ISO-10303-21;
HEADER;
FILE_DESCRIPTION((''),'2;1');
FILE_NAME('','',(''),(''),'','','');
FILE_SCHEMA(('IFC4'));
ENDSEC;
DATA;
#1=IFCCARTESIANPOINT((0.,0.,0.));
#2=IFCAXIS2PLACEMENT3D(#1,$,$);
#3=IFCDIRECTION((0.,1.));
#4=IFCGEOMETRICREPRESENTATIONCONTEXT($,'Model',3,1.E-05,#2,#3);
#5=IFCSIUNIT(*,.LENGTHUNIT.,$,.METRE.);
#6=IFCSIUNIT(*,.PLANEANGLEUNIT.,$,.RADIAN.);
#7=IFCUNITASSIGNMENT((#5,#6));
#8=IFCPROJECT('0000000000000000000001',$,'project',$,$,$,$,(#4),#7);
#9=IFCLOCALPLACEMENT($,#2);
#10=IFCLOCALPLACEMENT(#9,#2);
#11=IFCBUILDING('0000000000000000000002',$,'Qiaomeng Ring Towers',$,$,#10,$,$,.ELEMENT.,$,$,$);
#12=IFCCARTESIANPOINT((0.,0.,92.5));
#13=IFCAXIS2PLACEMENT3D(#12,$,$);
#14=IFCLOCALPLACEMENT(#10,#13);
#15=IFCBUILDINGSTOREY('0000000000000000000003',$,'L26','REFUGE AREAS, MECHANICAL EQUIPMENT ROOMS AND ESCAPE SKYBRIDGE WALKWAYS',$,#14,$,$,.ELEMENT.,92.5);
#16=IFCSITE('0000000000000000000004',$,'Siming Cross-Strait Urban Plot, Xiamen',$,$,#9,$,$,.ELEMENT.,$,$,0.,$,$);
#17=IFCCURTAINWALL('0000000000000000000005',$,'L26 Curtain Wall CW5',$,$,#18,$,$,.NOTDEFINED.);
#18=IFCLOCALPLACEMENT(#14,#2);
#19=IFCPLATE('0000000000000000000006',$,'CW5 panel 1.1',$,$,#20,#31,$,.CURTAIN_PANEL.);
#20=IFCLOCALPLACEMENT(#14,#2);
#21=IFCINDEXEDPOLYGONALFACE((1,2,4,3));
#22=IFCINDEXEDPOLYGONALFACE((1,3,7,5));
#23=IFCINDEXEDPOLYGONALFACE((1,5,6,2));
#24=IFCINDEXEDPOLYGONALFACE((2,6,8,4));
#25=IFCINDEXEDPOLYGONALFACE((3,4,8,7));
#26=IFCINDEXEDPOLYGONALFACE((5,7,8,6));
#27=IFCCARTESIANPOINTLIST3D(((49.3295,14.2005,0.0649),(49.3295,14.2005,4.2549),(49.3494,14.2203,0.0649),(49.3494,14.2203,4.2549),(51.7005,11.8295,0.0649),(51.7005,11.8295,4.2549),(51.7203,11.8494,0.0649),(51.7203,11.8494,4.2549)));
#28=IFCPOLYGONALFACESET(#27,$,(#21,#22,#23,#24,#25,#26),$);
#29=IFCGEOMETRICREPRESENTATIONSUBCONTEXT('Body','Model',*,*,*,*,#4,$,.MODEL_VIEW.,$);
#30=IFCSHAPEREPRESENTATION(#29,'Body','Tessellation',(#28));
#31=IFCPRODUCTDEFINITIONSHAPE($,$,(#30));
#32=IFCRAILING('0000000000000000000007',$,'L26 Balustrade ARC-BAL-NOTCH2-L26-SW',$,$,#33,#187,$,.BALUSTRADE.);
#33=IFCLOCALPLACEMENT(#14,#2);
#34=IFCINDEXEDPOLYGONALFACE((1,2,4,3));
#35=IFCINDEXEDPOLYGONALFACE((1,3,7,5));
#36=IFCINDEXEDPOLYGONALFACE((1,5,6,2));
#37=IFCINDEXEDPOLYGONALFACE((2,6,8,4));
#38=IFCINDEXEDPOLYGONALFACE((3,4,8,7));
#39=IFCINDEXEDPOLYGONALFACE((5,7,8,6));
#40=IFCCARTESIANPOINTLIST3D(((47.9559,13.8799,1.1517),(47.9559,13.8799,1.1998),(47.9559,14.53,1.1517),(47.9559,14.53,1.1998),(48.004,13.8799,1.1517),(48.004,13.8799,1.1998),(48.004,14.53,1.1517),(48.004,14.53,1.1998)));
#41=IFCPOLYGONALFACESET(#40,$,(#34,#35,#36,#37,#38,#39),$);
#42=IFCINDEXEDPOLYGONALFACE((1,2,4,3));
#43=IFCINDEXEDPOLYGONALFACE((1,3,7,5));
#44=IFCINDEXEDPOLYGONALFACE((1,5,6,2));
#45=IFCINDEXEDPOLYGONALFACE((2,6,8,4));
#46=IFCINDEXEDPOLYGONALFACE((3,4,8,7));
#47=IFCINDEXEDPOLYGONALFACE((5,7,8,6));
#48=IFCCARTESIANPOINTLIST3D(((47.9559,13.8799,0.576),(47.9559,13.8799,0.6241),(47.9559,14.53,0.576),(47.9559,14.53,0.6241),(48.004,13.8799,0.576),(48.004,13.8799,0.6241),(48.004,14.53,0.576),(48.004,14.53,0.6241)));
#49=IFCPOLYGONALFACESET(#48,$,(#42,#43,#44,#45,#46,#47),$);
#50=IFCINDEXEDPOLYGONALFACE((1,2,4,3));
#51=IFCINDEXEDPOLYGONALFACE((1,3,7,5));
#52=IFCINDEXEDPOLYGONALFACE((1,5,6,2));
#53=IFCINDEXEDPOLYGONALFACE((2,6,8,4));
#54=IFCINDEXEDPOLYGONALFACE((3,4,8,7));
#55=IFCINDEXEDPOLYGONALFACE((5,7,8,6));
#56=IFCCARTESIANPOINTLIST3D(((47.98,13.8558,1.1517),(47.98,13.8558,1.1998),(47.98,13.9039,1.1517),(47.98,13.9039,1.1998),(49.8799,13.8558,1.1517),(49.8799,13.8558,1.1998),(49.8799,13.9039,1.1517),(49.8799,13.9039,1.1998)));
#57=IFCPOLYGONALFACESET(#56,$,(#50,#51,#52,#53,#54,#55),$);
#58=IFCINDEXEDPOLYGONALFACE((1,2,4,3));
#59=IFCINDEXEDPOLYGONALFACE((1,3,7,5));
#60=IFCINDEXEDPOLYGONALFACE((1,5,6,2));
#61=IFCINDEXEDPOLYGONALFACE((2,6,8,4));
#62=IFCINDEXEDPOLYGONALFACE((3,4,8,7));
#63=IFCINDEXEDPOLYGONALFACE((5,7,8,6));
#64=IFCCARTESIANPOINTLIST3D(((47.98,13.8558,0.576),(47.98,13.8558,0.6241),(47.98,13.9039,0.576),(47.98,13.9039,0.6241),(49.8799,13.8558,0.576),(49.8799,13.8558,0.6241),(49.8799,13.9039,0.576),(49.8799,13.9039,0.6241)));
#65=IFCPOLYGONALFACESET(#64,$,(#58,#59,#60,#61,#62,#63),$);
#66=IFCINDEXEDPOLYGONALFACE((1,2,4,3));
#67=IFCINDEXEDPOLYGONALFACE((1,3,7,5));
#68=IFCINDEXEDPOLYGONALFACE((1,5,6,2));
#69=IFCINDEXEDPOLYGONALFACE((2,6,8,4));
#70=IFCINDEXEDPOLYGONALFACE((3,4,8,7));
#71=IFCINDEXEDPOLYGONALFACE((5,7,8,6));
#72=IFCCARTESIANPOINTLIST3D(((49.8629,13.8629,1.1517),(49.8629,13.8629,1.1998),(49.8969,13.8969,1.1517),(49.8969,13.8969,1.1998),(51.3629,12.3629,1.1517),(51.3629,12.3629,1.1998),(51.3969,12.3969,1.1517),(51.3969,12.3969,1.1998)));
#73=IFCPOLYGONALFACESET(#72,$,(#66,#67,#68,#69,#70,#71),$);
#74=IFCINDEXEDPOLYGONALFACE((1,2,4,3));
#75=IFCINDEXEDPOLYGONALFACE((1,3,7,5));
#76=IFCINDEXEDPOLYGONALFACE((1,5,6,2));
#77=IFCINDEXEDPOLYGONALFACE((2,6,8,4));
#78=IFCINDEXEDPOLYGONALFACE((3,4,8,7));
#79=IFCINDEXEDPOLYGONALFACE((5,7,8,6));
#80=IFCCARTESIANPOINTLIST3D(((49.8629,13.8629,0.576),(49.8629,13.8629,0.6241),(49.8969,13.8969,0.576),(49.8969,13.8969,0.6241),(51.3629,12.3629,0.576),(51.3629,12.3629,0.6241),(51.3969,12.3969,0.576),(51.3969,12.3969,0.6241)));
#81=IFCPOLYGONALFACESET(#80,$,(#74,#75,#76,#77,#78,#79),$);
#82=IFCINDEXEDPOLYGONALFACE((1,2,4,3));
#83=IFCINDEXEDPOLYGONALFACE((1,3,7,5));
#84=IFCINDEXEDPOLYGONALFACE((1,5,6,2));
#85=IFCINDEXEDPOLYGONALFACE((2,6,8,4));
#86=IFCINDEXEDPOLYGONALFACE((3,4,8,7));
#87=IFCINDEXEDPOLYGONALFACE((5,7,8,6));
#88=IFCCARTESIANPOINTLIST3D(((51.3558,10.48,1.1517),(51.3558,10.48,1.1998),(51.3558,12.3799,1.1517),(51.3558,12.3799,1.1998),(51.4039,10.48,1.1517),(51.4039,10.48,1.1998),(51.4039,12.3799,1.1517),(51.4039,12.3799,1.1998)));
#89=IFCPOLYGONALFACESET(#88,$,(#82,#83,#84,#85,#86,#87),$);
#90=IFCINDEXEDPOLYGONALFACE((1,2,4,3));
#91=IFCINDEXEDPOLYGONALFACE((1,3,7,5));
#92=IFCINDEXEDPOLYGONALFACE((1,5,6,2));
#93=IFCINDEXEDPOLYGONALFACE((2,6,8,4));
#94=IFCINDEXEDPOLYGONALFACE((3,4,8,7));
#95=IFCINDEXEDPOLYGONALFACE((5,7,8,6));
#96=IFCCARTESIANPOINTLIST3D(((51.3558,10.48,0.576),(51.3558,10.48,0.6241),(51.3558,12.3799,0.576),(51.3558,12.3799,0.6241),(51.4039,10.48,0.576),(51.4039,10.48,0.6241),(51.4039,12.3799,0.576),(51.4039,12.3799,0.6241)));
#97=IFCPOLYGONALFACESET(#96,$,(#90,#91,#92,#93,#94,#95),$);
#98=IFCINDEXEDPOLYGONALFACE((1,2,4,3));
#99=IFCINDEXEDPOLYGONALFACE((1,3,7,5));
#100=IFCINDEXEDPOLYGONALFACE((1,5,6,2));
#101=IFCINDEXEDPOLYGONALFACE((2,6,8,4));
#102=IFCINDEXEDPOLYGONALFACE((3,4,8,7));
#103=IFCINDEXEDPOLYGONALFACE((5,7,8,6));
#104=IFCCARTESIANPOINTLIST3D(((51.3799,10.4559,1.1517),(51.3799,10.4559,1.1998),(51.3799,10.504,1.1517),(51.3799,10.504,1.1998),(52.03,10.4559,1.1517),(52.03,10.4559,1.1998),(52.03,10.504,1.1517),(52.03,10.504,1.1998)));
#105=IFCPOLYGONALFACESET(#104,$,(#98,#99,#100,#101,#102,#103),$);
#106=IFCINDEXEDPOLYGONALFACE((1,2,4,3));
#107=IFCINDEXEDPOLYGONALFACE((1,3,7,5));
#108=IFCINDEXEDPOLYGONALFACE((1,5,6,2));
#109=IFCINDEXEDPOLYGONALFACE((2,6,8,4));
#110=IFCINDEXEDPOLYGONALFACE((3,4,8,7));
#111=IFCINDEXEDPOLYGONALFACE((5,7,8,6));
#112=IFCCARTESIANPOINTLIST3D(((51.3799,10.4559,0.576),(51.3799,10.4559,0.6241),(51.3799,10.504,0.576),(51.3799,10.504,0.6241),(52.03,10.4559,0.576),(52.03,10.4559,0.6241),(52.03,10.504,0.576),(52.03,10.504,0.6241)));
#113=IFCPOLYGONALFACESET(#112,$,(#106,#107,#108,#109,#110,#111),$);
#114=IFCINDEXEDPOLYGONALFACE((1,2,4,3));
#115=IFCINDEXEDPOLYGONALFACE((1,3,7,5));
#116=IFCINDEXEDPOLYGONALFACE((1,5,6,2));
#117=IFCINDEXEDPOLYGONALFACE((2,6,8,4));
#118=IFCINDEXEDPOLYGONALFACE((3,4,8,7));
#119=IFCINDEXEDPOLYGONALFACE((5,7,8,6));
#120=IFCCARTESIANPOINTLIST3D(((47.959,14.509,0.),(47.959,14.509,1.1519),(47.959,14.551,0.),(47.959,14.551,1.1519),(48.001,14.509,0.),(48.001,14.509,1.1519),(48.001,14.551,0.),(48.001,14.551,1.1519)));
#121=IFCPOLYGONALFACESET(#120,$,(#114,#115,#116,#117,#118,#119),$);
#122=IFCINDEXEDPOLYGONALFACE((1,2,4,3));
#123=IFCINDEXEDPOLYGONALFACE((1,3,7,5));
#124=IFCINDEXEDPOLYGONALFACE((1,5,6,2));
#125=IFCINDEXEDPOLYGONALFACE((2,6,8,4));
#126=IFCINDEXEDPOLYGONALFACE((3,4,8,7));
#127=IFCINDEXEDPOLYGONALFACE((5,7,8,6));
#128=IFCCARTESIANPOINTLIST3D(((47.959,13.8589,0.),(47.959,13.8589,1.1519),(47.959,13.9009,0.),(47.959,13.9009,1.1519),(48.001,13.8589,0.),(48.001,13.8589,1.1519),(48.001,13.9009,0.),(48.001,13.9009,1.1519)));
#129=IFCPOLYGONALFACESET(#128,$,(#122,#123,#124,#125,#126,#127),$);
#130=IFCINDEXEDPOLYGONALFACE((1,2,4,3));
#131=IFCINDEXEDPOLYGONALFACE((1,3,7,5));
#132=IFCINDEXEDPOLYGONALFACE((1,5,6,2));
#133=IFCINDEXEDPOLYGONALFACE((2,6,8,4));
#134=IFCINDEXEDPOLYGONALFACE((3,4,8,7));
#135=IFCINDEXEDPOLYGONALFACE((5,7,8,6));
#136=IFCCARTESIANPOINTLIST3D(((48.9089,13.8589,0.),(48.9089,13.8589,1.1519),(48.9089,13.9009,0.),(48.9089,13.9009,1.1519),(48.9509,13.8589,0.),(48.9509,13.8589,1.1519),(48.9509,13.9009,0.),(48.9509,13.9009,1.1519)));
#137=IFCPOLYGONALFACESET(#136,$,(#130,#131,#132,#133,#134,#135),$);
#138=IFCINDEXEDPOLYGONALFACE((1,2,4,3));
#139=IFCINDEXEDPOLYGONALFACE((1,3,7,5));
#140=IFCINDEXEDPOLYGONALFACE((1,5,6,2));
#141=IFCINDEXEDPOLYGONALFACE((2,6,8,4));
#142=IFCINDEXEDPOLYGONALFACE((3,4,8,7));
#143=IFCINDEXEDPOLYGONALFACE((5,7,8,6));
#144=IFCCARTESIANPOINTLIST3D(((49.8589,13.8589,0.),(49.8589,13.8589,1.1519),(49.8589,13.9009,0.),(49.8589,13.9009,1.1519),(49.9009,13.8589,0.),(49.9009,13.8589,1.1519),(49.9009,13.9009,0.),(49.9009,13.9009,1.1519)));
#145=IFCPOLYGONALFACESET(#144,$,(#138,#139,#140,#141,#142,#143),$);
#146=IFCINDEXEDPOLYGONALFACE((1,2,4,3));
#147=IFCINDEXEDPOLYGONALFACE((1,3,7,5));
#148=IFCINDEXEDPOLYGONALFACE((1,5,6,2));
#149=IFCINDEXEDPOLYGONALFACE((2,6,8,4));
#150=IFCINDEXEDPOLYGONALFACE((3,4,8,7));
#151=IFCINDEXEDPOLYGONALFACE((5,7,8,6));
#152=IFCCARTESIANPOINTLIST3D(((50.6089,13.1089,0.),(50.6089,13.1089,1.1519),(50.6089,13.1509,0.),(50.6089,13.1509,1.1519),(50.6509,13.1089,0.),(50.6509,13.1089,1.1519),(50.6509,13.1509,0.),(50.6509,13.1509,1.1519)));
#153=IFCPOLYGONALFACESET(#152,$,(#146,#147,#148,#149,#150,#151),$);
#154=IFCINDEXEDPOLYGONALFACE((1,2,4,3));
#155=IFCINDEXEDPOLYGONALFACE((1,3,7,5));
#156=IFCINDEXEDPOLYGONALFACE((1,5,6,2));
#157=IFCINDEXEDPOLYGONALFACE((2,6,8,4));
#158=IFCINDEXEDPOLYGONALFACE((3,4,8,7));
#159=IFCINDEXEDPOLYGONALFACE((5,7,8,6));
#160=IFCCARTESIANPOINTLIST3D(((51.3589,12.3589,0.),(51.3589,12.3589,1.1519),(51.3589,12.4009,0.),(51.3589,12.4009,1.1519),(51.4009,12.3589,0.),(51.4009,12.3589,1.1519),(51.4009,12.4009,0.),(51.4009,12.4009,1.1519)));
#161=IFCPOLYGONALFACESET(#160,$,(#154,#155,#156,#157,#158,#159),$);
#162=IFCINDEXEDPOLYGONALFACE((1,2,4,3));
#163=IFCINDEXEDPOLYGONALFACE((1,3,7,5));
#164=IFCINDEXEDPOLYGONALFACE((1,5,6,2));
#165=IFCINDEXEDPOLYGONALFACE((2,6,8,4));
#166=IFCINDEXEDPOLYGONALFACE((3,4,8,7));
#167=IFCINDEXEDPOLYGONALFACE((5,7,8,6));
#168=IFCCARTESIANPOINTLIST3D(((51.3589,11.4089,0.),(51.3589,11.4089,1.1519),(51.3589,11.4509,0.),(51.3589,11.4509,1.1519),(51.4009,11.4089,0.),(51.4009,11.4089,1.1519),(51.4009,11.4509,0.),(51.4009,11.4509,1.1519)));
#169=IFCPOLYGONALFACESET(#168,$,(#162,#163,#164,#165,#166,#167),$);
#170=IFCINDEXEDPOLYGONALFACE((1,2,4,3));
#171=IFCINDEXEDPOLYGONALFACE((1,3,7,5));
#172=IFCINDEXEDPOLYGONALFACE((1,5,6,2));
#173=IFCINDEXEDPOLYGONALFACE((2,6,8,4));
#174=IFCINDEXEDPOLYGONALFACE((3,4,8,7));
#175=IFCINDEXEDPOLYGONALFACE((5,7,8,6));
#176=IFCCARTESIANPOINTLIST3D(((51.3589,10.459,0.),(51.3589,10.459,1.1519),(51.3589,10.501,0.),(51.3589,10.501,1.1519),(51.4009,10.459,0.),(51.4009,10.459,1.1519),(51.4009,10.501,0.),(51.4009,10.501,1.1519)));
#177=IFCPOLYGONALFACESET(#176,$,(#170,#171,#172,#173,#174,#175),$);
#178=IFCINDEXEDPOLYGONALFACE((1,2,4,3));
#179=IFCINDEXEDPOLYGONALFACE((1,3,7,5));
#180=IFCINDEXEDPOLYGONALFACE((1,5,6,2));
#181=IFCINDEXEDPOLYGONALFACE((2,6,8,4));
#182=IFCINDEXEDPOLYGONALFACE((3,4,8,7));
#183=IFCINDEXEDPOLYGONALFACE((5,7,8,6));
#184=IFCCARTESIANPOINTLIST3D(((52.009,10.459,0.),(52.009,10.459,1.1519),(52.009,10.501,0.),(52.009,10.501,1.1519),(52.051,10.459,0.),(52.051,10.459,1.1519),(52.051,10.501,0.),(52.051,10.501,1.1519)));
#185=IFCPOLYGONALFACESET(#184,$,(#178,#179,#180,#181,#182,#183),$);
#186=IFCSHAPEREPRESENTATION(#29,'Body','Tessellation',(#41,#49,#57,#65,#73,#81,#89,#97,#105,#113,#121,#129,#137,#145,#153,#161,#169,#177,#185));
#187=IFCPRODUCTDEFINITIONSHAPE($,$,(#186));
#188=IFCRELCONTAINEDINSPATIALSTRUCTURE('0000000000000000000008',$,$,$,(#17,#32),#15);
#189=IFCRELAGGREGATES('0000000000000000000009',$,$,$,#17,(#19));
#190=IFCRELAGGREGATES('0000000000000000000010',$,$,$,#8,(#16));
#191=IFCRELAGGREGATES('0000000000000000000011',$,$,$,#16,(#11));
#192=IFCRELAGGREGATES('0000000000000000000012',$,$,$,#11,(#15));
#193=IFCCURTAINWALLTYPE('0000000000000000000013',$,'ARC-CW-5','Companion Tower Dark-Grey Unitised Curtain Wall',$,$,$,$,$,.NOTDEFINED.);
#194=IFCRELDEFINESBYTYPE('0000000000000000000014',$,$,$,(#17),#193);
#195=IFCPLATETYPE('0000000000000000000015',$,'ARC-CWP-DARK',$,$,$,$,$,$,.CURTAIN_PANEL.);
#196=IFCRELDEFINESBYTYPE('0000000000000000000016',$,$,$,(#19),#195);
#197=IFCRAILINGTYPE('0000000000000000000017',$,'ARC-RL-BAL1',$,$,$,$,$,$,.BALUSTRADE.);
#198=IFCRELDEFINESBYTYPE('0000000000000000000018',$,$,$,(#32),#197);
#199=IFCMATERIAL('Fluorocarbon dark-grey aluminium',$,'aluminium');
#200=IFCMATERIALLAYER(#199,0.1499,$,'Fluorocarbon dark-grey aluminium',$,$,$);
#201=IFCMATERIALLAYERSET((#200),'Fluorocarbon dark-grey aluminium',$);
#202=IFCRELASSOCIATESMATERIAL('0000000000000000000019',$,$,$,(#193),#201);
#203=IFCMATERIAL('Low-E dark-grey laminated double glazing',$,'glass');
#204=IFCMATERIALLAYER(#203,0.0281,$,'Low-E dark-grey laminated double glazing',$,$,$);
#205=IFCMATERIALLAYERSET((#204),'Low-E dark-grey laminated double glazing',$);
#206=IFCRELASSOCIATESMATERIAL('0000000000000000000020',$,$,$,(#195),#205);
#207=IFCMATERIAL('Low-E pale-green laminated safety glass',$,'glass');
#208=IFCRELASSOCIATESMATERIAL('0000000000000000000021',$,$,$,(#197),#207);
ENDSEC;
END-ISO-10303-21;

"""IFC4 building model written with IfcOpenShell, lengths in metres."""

from ifc_helpers import new_model, si_unit, direction, frame, origin, origin_2d, place, context, subcontext, project, spatial, rectangle, extrude, source, transform, mapped, material, layer, layer_set, type_object, element, aggregate, save


model = new_model("IFC4")

# Units and contexts
model_context = context("Model", 3, precision=1e-05, world=origin(), true_north=direction((0.0, 1.0)))
body_context = subcontext(model_context, "Body", "Model", "MODEL_VIEW")
ifc_project = project(units=[si_unit("LENGTHUNIT", "METRE"), si_unit("PLANEANGLEUNIT", "RADIAN")], contexts=[model_context])

# Site, building, storey
site_placement = place(None, origin())
site = spatial("IfcSite", under=ifc_project, at=site_placement, Name="Siming Cross-Strait Urban Plot, Xiamen", CompositionType="ELEMENT", RefElevation=0.0)
building_placement = place(site_placement, origin())
building = spatial("IfcBuilding", under=site, at=building_placement, Name="Qiaomeng Ring Towers", CompositionType="ELEMENT")
storey_placement = place(building_placement, frame((0.0, 0.0, 92.5)))
storey = spatial("IfcBuildingStorey", under=building, at=storey_placement, Name="L26", Description="REFUGE AREAS, MECHANICAL EQUIPMENT ROOMS AND ESCAPE SKYBRIDGE WALKWAYS", CompositionType="ELEMENT", Elevation=92.5)

# Curtain wall
ifc_material_1 = material(Name="Fluorocarbon dark-grey aluminium", Category="aluminium")
ifc_layer_1 = layer(ifc_material_1, 0.1499, Name="Fluorocarbon dark-grey aluminium")
ifc_layer_set_1 = layer_set([ifc_layer_1], Name="Fluorocarbon dark-grey aluminium")
curtain_wall_type_1 = type_object("IfcCurtainWallType", Name="ARC-CW-5", Description="Companion Tower Dark-Grey Unitised Curtain Wall", PredefinedType="NOTDEFINED", material=ifc_layer_set_1)
curtain_wall_1_placement = place(storey_placement, origin())
curtain_wall_1 = element("IfcCurtainWall", 1, at=curtain_wall_1_placement, inside=storey, type_object=curtain_wall_type_1, Name="L26 Curtain Wall CW5", PredefinedType="NOTDEFINED")

# Plate
ifc_material_2 = material(Name="Low-E pale-green laminated safety glass", Category="glass")
ifc_material_3 = material(Name="Low-E dark-grey laminated double glazing", Category="glass")
ifc_layer_2 = layer(ifc_material_3, 0.0281, Name="Low-E dark-grey laminated double glazing")
ifc_layer_set_2 = layer_set([ifc_layer_2], Name="Low-E dark-grey laminated double glazing")
plate_type_1 = type_object("IfcPlateType", Name="ARC-CWP-DARK", PredefinedType="CURTAIN_PANEL", material=ifc_layer_set_2)
shared_shape_1 = source(origin(), body_context, "Body", "SweptSolid", [
    extrude(rectangle(XDim=3.353, YDim=0.0281, at=origin_2d()), origin(), (0.0, 0.0, 1.0), 4.1899),
])
plate_1_placement = place(storey_placement, frame((50.5249, 13.0249, 0.0649), z_axis=(0.0, 0.0, 1.0), x_axis=(0.707107, -0.707107, 0.0)))
plate_1 = element("IfcPlate", 2, at=plate_1_placement, type_object=plate_type_1, Name="CW5 panel 1.1", PredefinedType="CURTAIN_PANEL", context=body_context, shape_type="MappedRepresentation", body=[
    mapped(shared_shape_1, transform((0.0, 0.0, 0.0), x_axis=(1.0, 0.0, 0.0), y_axis=(0.0, 1.0, 0.0), z_axis=(0.0, 0.0, 1.0), scale=1.0)),
])
aggregate(curtain_wall_1, [plate_1])

# Railing
railing_type_1 = type_object("IfcRailingType", Name="ARC-RL-BAL1", PredefinedType="BALUSTRADE", material=ifc_material_2)
railing_1_placement = place(storey_placement, frame((47.98, 14.53, 0.0)))
element("IfcRailing", 3, at=railing_1_placement, inside=storey, type_object=railing_type_1, Name="L26 Balustrade ARC-BAL-NOTCH2-L26-SW", PredefinedType="BALUSTRADE", context=body_context, shape_type="SweptSolid", body=[
    extrude(rectangle(XDim=0.0481, YDim=0.0481, at=origin_2d()), frame((0.0, 0.0, 1.1758), z_axis=(0.0, -1.0, 0.0), x_axis=(1.0, 0.0, 0.0)), (0.0, 0.0, 1.0), 0.6501),
    extrude(rectangle(XDim=0.0481, YDim=0.0481, at=origin_2d()), frame((0.0, 0.0, 0.6001), z_axis=(0.0, -1.0, 0.0), x_axis=(1.0, 0.0, 0.0)), (0.0, 0.0, 1.0), 0.6501),
    extrude(rectangle(XDim=0.0481, YDim=0.0481, at=origin_2d()), frame((0.0, -0.6501, 1.1758), z_axis=(1.0, 0.0, 0.0), x_axis=(0.0, 1.0, 0.0)), (0.0, 0.0, 1.0), 1.8999),
    extrude(rectangle(XDim=0.0481, YDim=0.0481, at=origin_2d()), frame((0.0, -0.6501, 0.6001), z_axis=(1.0, 0.0, 0.0), x_axis=(0.0, 1.0, 0.0)), (0.0, 0.0, 1.0), 1.8999),
    extrude(rectangle(XDim=0.0481, YDim=0.0481, at=origin_2d()), frame((1.8999, -0.6501, 1.1758), z_axis=(0.707107, -0.707107, 0.0), x_axis=(0.707107, 0.707107, 0.0)), (0.0, 0.0, 1.0), 2.1213),
    extrude(rectangle(XDim=0.0481, YDim=0.0481, at=origin_2d()), frame((1.8999, -0.6501, 0.6001), z_axis=(0.707107, -0.707107, 0.0), x_axis=(0.707107, 0.707107, 0.0)), (0.0, 0.0, 1.0), 2.1213),
    extrude(rectangle(XDim=0.0481, YDim=0.0481, at=origin_2d()), frame((3.3999, -2.1501, 1.1758), z_axis=(0.0, -1.0, 0.0), x_axis=(1.0, 0.0, 0.0)), (0.0, 0.0, 1.0), 1.8999),
    extrude(rectangle(XDim=0.0481, YDim=0.0481, at=origin_2d()), frame((3.3999, -2.1501, 0.6001), z_axis=(0.0, -1.0, 0.0), x_axis=(1.0, 0.0, 0.0)), (0.0, 0.0, 1.0), 1.8999),
    extrude(rectangle(XDim=0.0481, YDim=0.0481, at=origin_2d()), frame((3.3999, -4.05, 1.1758), z_axis=(1.0, 0.0, 0.0), x_axis=(0.0, 1.0, 0.0)), (0.0, 0.0, 1.0), 0.6501),
    extrude(rectangle(XDim=0.0481, YDim=0.0481, at=origin_2d()), frame((3.3999, -4.05, 0.6001), z_axis=(1.0, 0.0, 0.0), x_axis=(0.0, 1.0, 0.0)), (0.0, 0.0, 1.0), 0.6501),
    extrude(rectangle(XDim=0.042, YDim=0.042, at=origin_2d()), origin(), (0.0, 0.0, 1.0), 1.1519),
    extrude(rectangle(XDim=0.042, YDim=0.042, at=origin_2d()), frame((0.0, -0.6501, 0.0)), (0.0, 0.0, 1.0), 1.1519),
    extrude(rectangle(XDim=0.042, YDim=0.042, at=origin_2d()), frame((0.95, -0.6501, 0.0)), (0.0, 0.0, 1.0), 1.1519),
    extrude(rectangle(XDim=0.042, YDim=0.042, at=origin_2d()), frame((1.8999, -0.6501, 0.0)), (0.0, 0.0, 1.0), 1.1519),
    extrude(rectangle(XDim=0.042, YDim=0.042, at=origin_2d()), frame((2.6499, -1.4001, 0.0)), (0.0, 0.0, 1.0), 1.1519),
    extrude(rectangle(XDim=0.042, YDim=0.042, at=origin_2d()), frame((3.3999, -2.1501, 0.0)), (0.0, 0.0, 1.0), 1.1519),
    extrude(rectangle(XDim=0.042, YDim=0.042, at=origin_2d()), frame((3.3999, -3.1001, 0.0)), (0.0, 0.0, 1.0), 1.1519),
    extrude(rectangle(XDim=0.042, YDim=0.042, at=origin_2d()), frame((3.3999, -4.05, 0.0)), (0.0, 0.0, 1.0), 1.1519),
    extrude(rectangle(XDim=0.042, YDim=0.042, at=origin_2d()), frame((4.05, -4.05, 0.0)), (0.0, 0.0, 1.0), 1.1519),
])

save(model, "model.ifc")
